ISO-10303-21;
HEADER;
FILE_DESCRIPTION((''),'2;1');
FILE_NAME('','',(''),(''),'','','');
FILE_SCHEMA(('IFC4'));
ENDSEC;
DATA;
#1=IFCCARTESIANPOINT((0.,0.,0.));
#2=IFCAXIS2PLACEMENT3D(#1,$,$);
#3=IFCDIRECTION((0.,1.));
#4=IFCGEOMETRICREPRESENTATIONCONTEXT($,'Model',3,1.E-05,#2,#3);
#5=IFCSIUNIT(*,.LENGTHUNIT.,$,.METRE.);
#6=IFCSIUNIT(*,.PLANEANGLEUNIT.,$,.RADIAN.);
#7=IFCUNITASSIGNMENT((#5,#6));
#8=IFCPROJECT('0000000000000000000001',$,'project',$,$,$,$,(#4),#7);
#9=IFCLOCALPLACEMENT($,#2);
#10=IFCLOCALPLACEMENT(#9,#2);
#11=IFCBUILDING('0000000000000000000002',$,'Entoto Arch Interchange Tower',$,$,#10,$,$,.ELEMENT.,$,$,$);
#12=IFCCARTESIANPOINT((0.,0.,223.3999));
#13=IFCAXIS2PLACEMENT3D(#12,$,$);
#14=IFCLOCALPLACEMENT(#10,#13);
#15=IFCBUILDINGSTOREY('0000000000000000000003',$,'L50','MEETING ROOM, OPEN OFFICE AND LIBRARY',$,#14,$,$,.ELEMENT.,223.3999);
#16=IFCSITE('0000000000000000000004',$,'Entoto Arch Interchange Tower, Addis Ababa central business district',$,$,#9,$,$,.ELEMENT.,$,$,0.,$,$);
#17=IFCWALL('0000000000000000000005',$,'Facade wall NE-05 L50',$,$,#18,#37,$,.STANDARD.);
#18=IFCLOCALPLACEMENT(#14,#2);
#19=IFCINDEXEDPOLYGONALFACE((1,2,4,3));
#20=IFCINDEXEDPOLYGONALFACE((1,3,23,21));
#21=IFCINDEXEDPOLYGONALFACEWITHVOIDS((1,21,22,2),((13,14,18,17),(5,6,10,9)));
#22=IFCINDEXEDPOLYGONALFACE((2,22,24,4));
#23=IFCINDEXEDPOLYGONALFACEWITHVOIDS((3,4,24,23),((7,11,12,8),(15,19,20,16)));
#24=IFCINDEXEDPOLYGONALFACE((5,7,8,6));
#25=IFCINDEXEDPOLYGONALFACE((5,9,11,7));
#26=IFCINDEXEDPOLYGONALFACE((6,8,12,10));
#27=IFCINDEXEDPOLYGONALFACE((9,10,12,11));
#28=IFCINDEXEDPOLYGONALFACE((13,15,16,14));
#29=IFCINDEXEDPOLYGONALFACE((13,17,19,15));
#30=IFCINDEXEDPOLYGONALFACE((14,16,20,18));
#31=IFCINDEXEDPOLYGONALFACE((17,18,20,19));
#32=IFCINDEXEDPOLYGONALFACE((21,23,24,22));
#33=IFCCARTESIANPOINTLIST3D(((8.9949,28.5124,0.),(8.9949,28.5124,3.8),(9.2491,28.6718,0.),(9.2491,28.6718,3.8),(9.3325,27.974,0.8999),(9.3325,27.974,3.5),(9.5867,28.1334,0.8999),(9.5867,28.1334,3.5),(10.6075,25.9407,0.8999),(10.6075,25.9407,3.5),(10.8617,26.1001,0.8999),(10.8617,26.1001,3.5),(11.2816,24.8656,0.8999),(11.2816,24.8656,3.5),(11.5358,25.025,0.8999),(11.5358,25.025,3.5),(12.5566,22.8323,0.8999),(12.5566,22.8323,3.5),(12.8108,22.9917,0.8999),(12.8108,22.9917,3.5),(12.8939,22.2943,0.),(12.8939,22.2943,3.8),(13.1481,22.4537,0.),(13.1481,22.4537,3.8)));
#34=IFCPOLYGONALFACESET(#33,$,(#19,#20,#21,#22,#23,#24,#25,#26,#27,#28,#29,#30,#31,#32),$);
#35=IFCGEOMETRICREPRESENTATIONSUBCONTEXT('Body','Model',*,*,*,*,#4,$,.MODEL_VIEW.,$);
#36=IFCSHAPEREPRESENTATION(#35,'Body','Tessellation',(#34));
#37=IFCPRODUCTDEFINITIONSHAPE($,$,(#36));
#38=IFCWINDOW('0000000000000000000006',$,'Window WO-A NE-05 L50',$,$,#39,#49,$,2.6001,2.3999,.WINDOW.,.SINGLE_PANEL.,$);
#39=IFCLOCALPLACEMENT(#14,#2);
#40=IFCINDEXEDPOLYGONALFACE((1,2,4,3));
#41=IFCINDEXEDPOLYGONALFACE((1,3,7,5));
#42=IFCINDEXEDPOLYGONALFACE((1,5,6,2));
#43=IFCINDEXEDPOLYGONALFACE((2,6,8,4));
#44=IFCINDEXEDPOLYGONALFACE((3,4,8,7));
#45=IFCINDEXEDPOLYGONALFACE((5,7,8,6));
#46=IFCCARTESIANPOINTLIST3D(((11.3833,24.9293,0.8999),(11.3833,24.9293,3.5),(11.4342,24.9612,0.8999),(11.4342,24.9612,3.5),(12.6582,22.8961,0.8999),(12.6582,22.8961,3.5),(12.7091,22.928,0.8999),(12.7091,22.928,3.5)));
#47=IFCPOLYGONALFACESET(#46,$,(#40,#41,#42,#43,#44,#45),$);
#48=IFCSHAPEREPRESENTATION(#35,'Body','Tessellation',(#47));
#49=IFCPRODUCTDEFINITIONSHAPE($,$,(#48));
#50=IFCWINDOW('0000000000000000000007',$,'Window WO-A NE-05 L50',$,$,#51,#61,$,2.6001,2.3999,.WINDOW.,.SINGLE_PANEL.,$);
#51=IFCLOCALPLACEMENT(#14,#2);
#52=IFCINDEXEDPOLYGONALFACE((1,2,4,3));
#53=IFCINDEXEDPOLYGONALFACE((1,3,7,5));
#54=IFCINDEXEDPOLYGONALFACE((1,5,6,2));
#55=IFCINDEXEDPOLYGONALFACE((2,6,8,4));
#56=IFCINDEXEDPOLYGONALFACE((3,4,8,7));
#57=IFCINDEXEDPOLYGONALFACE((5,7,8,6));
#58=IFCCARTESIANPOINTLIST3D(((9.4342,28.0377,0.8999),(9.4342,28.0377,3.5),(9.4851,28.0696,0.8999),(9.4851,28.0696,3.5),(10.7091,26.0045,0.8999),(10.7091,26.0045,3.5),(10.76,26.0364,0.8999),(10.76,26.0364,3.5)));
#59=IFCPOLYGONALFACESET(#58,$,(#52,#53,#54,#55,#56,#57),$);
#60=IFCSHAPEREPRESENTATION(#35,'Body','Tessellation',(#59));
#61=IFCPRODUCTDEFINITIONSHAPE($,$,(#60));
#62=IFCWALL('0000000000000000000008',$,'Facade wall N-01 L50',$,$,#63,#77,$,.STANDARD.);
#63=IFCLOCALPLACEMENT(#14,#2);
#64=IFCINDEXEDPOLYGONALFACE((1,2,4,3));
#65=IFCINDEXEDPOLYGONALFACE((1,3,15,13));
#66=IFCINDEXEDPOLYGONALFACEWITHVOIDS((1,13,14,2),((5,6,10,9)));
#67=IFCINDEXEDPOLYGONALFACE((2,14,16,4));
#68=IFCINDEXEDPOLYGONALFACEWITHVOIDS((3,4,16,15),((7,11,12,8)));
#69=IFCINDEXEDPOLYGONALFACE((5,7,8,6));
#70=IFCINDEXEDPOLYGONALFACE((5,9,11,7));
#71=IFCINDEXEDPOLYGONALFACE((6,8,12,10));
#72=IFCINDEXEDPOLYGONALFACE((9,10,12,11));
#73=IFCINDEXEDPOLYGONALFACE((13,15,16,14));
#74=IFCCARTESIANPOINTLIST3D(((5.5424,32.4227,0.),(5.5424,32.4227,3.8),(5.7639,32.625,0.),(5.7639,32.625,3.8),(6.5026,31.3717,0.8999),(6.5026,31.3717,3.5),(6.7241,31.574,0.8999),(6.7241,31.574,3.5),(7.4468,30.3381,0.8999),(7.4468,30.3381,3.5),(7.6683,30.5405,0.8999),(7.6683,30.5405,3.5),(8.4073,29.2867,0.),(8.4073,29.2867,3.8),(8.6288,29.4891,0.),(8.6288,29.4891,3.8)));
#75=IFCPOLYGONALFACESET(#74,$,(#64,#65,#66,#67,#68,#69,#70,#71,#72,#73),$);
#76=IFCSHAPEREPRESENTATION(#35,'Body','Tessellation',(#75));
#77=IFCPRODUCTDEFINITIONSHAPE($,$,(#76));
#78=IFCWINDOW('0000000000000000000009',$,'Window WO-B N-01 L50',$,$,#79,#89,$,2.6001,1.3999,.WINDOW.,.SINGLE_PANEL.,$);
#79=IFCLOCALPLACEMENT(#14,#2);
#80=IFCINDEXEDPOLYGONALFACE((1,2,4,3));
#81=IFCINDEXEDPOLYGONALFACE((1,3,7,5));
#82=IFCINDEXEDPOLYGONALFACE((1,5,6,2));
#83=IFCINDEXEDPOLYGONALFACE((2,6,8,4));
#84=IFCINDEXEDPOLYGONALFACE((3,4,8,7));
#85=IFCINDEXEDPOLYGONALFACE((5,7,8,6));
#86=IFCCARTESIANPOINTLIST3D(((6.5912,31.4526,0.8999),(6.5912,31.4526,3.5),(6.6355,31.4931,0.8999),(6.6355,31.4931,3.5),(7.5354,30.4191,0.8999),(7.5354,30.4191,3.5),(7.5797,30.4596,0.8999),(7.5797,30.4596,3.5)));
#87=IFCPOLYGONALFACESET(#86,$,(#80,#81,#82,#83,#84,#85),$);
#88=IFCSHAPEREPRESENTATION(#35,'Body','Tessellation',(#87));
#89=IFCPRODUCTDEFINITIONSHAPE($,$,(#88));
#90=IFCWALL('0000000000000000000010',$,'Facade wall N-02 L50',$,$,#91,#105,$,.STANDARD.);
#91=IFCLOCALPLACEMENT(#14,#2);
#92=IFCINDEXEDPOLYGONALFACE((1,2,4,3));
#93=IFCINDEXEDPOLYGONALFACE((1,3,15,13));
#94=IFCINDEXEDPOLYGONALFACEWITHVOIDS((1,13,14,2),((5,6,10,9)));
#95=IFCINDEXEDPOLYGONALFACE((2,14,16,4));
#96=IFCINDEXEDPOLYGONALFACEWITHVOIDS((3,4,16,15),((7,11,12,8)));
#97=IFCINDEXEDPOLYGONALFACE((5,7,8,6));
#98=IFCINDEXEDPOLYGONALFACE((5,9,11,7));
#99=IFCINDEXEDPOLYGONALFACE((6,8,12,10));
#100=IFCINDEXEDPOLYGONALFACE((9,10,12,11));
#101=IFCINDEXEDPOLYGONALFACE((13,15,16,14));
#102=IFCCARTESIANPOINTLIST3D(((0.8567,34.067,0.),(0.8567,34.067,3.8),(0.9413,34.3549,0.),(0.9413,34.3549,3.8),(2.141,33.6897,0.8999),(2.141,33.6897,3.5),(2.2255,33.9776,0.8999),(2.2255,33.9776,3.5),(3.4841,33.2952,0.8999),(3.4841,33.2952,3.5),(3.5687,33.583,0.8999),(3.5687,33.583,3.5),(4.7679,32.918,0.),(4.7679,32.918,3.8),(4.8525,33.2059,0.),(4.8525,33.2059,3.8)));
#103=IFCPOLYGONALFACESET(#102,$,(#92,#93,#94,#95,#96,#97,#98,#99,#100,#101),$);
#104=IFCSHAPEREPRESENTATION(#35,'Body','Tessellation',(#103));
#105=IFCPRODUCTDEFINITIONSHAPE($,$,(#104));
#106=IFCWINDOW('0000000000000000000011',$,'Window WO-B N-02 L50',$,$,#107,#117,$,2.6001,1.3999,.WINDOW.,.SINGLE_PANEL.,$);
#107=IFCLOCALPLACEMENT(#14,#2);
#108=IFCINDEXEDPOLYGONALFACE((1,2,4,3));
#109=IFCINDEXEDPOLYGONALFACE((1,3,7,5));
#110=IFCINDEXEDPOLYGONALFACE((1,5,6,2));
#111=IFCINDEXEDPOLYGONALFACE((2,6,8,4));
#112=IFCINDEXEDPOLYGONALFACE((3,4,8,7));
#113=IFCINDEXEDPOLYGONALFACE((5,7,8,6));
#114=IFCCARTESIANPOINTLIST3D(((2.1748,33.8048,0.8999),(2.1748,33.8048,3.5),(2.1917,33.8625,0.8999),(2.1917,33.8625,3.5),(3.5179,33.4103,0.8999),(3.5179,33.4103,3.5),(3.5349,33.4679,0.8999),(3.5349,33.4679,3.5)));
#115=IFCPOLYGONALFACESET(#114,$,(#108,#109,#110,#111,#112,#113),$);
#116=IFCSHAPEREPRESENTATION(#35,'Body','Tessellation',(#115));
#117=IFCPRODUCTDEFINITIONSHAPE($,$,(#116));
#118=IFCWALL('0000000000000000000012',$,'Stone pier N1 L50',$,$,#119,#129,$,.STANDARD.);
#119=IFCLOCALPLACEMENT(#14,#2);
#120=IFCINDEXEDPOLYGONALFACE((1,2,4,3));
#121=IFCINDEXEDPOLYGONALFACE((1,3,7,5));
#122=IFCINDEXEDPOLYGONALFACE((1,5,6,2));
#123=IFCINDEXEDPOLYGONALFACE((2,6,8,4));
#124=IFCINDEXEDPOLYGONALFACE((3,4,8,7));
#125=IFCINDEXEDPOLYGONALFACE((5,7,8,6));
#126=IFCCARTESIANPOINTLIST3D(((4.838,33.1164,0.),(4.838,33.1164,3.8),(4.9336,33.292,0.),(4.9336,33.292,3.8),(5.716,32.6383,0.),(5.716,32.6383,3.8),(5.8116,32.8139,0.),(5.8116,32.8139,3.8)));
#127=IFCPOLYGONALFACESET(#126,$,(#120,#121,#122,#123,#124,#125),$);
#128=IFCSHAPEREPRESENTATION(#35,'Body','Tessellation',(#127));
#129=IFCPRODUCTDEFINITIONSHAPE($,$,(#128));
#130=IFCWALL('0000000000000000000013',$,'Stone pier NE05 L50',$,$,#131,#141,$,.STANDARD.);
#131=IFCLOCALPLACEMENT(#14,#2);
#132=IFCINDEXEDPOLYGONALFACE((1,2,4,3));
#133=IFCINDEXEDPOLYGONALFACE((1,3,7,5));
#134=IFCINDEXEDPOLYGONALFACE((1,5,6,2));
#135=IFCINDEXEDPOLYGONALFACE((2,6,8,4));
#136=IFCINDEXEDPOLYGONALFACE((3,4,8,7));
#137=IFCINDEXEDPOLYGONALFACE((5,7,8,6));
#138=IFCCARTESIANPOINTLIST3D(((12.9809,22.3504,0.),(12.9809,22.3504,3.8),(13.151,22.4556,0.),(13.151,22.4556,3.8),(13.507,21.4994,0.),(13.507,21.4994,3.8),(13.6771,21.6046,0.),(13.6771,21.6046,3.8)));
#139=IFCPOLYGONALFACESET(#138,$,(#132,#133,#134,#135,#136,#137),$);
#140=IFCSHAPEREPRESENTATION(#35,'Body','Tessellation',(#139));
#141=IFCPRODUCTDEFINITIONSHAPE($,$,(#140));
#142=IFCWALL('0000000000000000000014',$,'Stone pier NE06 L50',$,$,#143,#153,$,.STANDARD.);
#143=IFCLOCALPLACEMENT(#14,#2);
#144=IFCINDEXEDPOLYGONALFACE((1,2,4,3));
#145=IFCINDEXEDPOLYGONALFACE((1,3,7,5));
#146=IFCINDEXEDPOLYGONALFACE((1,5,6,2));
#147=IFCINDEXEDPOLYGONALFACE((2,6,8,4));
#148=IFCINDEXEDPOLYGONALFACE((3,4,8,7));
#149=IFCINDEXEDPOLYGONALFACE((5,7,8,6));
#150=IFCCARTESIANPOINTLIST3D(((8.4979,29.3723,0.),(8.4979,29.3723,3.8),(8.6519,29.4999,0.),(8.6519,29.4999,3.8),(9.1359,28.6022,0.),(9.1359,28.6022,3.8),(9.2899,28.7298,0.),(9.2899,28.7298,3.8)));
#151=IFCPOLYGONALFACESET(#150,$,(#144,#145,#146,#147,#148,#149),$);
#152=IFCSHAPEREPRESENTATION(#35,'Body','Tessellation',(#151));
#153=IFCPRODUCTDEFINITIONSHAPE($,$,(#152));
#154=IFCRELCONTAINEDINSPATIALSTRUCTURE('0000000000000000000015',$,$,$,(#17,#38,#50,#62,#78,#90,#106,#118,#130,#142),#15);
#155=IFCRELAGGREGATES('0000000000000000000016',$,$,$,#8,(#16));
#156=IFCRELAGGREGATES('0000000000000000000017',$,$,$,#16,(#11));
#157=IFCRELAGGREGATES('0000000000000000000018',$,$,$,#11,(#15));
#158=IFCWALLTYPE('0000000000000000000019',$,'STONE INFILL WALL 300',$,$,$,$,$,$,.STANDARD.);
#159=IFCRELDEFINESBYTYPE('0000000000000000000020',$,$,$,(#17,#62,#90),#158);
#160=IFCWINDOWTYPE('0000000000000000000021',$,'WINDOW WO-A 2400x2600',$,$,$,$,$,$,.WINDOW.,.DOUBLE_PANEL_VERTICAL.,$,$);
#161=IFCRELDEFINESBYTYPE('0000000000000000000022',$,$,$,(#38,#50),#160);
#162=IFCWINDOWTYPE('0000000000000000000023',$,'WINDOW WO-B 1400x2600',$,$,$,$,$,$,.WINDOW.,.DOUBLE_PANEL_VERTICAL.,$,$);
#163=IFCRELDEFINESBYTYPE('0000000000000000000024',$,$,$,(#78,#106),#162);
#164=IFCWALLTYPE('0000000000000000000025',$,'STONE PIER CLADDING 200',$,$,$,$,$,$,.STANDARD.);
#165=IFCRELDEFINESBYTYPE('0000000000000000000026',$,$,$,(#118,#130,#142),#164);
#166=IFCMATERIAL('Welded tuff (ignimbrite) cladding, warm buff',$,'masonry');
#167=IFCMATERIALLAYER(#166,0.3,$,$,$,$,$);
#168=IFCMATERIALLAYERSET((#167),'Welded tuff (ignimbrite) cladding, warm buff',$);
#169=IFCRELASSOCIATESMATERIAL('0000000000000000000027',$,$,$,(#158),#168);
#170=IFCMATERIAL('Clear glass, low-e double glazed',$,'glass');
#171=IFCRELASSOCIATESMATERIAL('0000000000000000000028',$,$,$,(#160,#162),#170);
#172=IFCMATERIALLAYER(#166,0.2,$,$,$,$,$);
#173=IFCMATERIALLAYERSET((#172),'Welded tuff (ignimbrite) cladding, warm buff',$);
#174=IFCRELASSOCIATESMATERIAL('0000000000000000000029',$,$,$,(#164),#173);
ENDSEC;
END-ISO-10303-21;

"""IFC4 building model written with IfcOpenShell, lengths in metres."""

from ifc_helpers import new_model, si_unit, direction, frame, frame_2d, origin, place, context, subcontext, project, spatial, rectangle, extrude, material, layer, layer_set, type_object, element, fill, save


model = new_model("IFC4")

# Units and contexts
model_context = context("Model", 3, precision=1e-05, world=origin(), true_north=direction((0.0, 1.0)))
body_context = subcontext(model_context, "Body", "Model", "MODEL_VIEW")
ifc_project = project(units=[si_unit("LENGTHUNIT", "METRE"), si_unit("PLANEANGLEUNIT", "RADIAN")], contexts=[model_context])

# Site, building, storey
site_placement = place(None, origin())
site = spatial("IfcSite", under=ifc_project, at=site_placement, Name="Entoto Arch Interchange Tower, Addis Ababa central business district", CompositionType="ELEMENT", RefElevation=0.0)
building_placement = place(site_placement, origin())
building = spatial("IfcBuilding", under=site, at=building_placement, Name="Entoto Arch Interchange Tower", CompositionType="ELEMENT")
storey_placement = place(building_placement, frame((0.0, 0.0, 223.3999)))
storey = spatial("IfcBuildingStorey", under=building, at=storey_placement, Name="L50", Description="MEETING ROOM, OPEN OFFICE AND LIBRARY", CompositionType="ELEMENT", Elevation=223.3999)

# Wall, openings, windows
ifc_material_1 = material(Name="Welded tuff (ignimbrite) cladding, warm buff", Category="masonry")
ifc_layer_1 = layer(ifc_material_1, 0.3)
ifc_layer_set_1 = layer_set([ifc_layer_1], Name="Welded tuff (ignimbrite) cladding, warm buff")
wall_type_1 = type_object("IfcWallType", Name="STONE INFILL WALL 300", PredefinedType="STANDARD", material=ifc_layer_set_1)
ifc_material_2 = material(Name="Clear glass, low-e double glazed", Category="glass")
window_type_1 = type_object("IfcWindowType", Name="WINDOW WO-A 2400x2600", PartitioningType="DOUBLE_PANEL_VERTICAL", PredefinedType="WINDOW", material=ifc_material_2)
wall_1_placement = place(storey_placement, frame((13.021, 22.374, 0.0), z_axis=(0.0, 0.0, 1.0), x_axis=(-0.531239, 0.847222, 0.0)))
wall_1 = element("IfcWall", 1, at=wall_1_placement, inside=storey, type_object=wall_type_1, Name="Facade wall NE-05 L50", PredefinedType="STANDARD", context=body_context, shape_type="SweptSolid", body=[
    extrude(rectangle(XDim=7.3394, YDim=0.3, at=frame_2d((3.6697, 0.0))), origin(), (0.0, 0.0, 1.0), 3.8),
])
opening_1_placement = place(wall_1_placement, frame((0.635, 0.0, 0.8999)))
opening_1 = element("IfcOpeningElement", 2, at=opening_1_placement, cuts=wall_1, PredefinedType="OPENING", context=body_context, shape_type="SweptSolid", body=[
    extrude(rectangle(XDim=2.3999, YDim=2.6001, at=frame_2d((1.2, 1.3))), frame((0.0, 0.1602, 0.0), z_axis=(0.0, -1.0, 0.0), x_axis=(1.0, 0.0, 0.0)), (0.0, 0.0, 1.0), 0.3201),
])
opening_2_placement = place(wall_1_placement, frame((4.304, 0.0, 0.8999)))
opening_2 = element("IfcOpeningElement", 3, at=opening_2_placement, cuts=wall_1, PredefinedType="OPENING", context=body_context, shape_type="SweptSolid", body=[
    extrude(rectangle(XDim=2.3999, YDim=2.6001, at=frame_2d((1.2, 1.3))), frame((0.0, 0.1602, 0.0), z_axis=(0.0, -1.0, 0.0), x_axis=(1.0, 0.0, 0.0)), (0.0, 0.0, 1.0), 0.3201),
])
window_1_placement = place(opening_1_placement, origin())
window_1 = element("IfcWindow", 4, at=window_1_placement, inside=storey, type_object=window_type_1, Name="Window WO-A NE-05 L50", OverallHeight=2.6001, OverallWidth=2.3999, PartitioningType="SINGLE_PANEL", PredefinedType="WINDOW", context=body_context, shape_type="SweptSolid", body=[
    extrude(rectangle(XDim=2.3999, YDim=2.6001, at=frame_2d((1.2, 1.3))), frame((0.0, 0.03, 0.0), z_axis=(0.0, -1.0, 0.0), x_axis=(1.0, 0.0, 0.0)), (0.0, 0.0, 1.0), 0.0601),
])
fill(opening_1, window_1)
window_2_placement = place(opening_2_placement, origin())
window_2 = element("IfcWindow", 5, at=window_2_placement, inside=storey, type_object=window_type_1, Name="Window WO-A NE-05 L50", OverallHeight=2.6001, OverallWidth=2.3999, PartitioningType="SINGLE_PANEL", PredefinedType="WINDOW", context=body_context, shape_type="SweptSolid", body=[
    extrude(rectangle(XDim=2.3999, YDim=2.6001, at=frame_2d((1.2, 1.3))), frame((0.0, 0.03, 0.0), z_axis=(0.0, -1.0, 0.0), x_axis=(1.0, 0.0, 0.0)), (0.0, 0.0, 1.0), 0.0601),
])
fill(opening_2, window_2)

# Walls, openings, windows
wall_2_placement = place(storey_placement, frame((8.5181, 29.3879, 0.0), z_axis=(0.0, 0.0, 1.0), x_axis=(-0.674487, 0.738286, 0.0)))
wall_2 = element("IfcWall", 6, at=wall_2_placement, inside=storey, type_object=wall_type_1, Name="Facade wall N-01 L50", PredefinedType="STANDARD", context=body_context, shape_type="SweptSolid", body=[
    extrude(rectangle(XDim=4.2476, YDim=0.3, at=frame_2d((2.1238, 0.0))), origin(), (0.0, 0.0, 1.0), 3.8),
])
opening_3_placement = place(wall_2_placement, frame((1.4241, 0.0, 0.8999)))
opening_3 = element("IfcOpeningElement", 7, at=opening_3_placement, cuts=wall_2, PredefinedType="OPENING", context=body_context, shape_type="SweptSolid", body=[
    extrude(rectangle(XDim=1.3999, YDim=2.6001, at=frame_2d((0.7, 1.3))), frame((0.0, 0.1602, 0.0), z_axis=(0.0, -1.0, 0.0), x_axis=(1.0, 0.0, 0.0)), (0.0, 0.0, 1.0), 0.3201),
])
window_type_2 = type_object("IfcWindowType", Name="WINDOW WO-B 1400x2600", PartitioningType="DOUBLE_PANEL_VERTICAL", PredefinedType="WINDOW", material=ifc_material_2)
window_3_placement = place(opening_3_placement, origin())
window_3 = element("IfcWindow", 8, at=window_3_placement, inside=storey, type_object=window_type_2, Name="Window WO-B N-01 L50", OverallHeight=2.6001, OverallWidth=1.3999, PartitioningType="SINGLE_PANEL", PredefinedType="WINDOW", context=body_context, shape_type="SweptSolid", body=[
    extrude(rectangle(XDim=1.3999, YDim=2.6001, at=frame_2d((0.7, 1.3))), frame((0.0, 0.03, 0.0), z_axis=(0.0, -1.0, 0.0), x_axis=(1.0, 0.0, 0.0)), (0.0, 0.0, 1.0), 0.0601),
])
fill(opening_3, window_3)
wall_3_placement = place(storey_placement, frame((4.8101, 33.062, 0.0), z_axis=(0.0, 0.0, 1.0), x_axis=(-0.959459, 0.281849, 0.0)))
wall_3 = element("IfcWall", 9, at=wall_3_placement, inside=storey, type_object=wall_type_1, Name="Facade wall N-02 L50", PredefinedType="STANDARD", context=body_context, shape_type="SweptSolid", body=[
    extrude(rectangle(XDim=4.0764, YDim=0.3, at=frame_2d((2.0381, 0.0))), origin(), (0.0, 0.0, 1.0), 3.8),
])
opening_4_placement = place(wall_3_placement, frame((1.3379, 0.0, 0.8999)))
opening_4 = element("IfcOpeningElement", 10, at=opening_4_placement, cuts=wall_3, PredefinedType="OPENING", context=body_context, shape_type="SweptSolid", body=[
    extrude(rectangle(XDim=1.3999, YDim=2.6001, at=frame_2d((0.7, 1.3))), frame((0.0, 0.1602, 0.0), z_axis=(0.0, -1.0, 0.0), x_axis=(1.0, 0.0, 0.0)), (0.0, 0.0, 1.0), 0.3201),
])
window_4_placement = place(opening_4_placement, origin())
window_4 = element("IfcWindow", 11, at=window_4_placement, inside=storey, type_object=window_type_2, Name="Window WO-B N-02 L50", OverallHeight=2.6001, OverallWidth=1.3999, PartitioningType="SINGLE_PANEL", PredefinedType="WINDOW", context=body_context, shape_type="SweptSolid", body=[
    extrude(rectangle(XDim=1.3999, YDim=2.6001, at=frame_2d((0.7, 1.3))), frame((0.0, 0.03, 0.0), z_axis=(0.0, -1.0, 0.0), x_axis=(1.0, 0.0, 0.0)), (0.0, 0.0, 1.0), 0.0601),
])
fill(opening_4, window_4)

# Walls
ifc_layer_2 = layer(ifc_material_1, 0.2)
ifc_layer_set_2 = layer_set([ifc_layer_2], Name="Welded tuff (ignimbrite) cladding, warm buff")
wall_type_2 = type_object("IfcWallType", Name="STONE PIER CLADDING 200", PredefinedType="STANDARD", material=ifc_layer_set_2)
wall_4_placement = place(storey_placement, frame((5.7639, 32.7261, 0.0), z_axis=(0.0, 0.0, 1.0), x_axis=(-0.87825, 0.478202, 0.0)))
element("IfcWall", 12, at=wall_4_placement, inside=storey, type_object=wall_type_2, Name="Stone pier N1 L50", PredefinedType="STANDARD", context=body_context, shape_type="SweptSolid", body=[
    extrude(rectangle(XDim=0.9998, YDim=0.2, at=frame_2d((0.5, 0.0))), origin(), (0.0, 0.0, 1.0), 3.8),
])
wall_5_placement = place(storey_placement, frame((13.592, 21.552, 0.0), z_axis=(0.0, 0.0, 1.0), x_axis=(-0.525825, 0.850593, 0.0)))
element("IfcWall", 13, at=wall_5_placement, inside=storey, type_object=wall_type_2, Name="Stone pier NE05 L50", PredefinedType="STANDARD", context=body_context, shape_type="SweptSolid", body=[
    extrude(rectangle(XDim=1.0005, YDim=0.2, at=frame_2d((0.5002, 0.0))), origin(), (0.0, 0.0, 1.0), 3.8),
])
wall_6_placement = place(storey_placement, frame((9.2129, 28.666, 0.0), z_axis=(0.0, 0.0, 1.0), x_axis=(-0.637972, 0.770059, 0.0)))
element("IfcWall", 14, at=wall_6_placement, inside=storey, type_object=wall_type_2, Name="Stone pier NE06 L50", PredefinedType="STANDARD", context=body_context, shape_type="SweptSolid", body=[
    extrude(rectangle(XDim=1.0, YDim=0.2, at=frame_2d((0.5, 0.0))), origin(), (0.0, 0.0, 1.0), 3.8),
])

save(model, "model.ifc")
